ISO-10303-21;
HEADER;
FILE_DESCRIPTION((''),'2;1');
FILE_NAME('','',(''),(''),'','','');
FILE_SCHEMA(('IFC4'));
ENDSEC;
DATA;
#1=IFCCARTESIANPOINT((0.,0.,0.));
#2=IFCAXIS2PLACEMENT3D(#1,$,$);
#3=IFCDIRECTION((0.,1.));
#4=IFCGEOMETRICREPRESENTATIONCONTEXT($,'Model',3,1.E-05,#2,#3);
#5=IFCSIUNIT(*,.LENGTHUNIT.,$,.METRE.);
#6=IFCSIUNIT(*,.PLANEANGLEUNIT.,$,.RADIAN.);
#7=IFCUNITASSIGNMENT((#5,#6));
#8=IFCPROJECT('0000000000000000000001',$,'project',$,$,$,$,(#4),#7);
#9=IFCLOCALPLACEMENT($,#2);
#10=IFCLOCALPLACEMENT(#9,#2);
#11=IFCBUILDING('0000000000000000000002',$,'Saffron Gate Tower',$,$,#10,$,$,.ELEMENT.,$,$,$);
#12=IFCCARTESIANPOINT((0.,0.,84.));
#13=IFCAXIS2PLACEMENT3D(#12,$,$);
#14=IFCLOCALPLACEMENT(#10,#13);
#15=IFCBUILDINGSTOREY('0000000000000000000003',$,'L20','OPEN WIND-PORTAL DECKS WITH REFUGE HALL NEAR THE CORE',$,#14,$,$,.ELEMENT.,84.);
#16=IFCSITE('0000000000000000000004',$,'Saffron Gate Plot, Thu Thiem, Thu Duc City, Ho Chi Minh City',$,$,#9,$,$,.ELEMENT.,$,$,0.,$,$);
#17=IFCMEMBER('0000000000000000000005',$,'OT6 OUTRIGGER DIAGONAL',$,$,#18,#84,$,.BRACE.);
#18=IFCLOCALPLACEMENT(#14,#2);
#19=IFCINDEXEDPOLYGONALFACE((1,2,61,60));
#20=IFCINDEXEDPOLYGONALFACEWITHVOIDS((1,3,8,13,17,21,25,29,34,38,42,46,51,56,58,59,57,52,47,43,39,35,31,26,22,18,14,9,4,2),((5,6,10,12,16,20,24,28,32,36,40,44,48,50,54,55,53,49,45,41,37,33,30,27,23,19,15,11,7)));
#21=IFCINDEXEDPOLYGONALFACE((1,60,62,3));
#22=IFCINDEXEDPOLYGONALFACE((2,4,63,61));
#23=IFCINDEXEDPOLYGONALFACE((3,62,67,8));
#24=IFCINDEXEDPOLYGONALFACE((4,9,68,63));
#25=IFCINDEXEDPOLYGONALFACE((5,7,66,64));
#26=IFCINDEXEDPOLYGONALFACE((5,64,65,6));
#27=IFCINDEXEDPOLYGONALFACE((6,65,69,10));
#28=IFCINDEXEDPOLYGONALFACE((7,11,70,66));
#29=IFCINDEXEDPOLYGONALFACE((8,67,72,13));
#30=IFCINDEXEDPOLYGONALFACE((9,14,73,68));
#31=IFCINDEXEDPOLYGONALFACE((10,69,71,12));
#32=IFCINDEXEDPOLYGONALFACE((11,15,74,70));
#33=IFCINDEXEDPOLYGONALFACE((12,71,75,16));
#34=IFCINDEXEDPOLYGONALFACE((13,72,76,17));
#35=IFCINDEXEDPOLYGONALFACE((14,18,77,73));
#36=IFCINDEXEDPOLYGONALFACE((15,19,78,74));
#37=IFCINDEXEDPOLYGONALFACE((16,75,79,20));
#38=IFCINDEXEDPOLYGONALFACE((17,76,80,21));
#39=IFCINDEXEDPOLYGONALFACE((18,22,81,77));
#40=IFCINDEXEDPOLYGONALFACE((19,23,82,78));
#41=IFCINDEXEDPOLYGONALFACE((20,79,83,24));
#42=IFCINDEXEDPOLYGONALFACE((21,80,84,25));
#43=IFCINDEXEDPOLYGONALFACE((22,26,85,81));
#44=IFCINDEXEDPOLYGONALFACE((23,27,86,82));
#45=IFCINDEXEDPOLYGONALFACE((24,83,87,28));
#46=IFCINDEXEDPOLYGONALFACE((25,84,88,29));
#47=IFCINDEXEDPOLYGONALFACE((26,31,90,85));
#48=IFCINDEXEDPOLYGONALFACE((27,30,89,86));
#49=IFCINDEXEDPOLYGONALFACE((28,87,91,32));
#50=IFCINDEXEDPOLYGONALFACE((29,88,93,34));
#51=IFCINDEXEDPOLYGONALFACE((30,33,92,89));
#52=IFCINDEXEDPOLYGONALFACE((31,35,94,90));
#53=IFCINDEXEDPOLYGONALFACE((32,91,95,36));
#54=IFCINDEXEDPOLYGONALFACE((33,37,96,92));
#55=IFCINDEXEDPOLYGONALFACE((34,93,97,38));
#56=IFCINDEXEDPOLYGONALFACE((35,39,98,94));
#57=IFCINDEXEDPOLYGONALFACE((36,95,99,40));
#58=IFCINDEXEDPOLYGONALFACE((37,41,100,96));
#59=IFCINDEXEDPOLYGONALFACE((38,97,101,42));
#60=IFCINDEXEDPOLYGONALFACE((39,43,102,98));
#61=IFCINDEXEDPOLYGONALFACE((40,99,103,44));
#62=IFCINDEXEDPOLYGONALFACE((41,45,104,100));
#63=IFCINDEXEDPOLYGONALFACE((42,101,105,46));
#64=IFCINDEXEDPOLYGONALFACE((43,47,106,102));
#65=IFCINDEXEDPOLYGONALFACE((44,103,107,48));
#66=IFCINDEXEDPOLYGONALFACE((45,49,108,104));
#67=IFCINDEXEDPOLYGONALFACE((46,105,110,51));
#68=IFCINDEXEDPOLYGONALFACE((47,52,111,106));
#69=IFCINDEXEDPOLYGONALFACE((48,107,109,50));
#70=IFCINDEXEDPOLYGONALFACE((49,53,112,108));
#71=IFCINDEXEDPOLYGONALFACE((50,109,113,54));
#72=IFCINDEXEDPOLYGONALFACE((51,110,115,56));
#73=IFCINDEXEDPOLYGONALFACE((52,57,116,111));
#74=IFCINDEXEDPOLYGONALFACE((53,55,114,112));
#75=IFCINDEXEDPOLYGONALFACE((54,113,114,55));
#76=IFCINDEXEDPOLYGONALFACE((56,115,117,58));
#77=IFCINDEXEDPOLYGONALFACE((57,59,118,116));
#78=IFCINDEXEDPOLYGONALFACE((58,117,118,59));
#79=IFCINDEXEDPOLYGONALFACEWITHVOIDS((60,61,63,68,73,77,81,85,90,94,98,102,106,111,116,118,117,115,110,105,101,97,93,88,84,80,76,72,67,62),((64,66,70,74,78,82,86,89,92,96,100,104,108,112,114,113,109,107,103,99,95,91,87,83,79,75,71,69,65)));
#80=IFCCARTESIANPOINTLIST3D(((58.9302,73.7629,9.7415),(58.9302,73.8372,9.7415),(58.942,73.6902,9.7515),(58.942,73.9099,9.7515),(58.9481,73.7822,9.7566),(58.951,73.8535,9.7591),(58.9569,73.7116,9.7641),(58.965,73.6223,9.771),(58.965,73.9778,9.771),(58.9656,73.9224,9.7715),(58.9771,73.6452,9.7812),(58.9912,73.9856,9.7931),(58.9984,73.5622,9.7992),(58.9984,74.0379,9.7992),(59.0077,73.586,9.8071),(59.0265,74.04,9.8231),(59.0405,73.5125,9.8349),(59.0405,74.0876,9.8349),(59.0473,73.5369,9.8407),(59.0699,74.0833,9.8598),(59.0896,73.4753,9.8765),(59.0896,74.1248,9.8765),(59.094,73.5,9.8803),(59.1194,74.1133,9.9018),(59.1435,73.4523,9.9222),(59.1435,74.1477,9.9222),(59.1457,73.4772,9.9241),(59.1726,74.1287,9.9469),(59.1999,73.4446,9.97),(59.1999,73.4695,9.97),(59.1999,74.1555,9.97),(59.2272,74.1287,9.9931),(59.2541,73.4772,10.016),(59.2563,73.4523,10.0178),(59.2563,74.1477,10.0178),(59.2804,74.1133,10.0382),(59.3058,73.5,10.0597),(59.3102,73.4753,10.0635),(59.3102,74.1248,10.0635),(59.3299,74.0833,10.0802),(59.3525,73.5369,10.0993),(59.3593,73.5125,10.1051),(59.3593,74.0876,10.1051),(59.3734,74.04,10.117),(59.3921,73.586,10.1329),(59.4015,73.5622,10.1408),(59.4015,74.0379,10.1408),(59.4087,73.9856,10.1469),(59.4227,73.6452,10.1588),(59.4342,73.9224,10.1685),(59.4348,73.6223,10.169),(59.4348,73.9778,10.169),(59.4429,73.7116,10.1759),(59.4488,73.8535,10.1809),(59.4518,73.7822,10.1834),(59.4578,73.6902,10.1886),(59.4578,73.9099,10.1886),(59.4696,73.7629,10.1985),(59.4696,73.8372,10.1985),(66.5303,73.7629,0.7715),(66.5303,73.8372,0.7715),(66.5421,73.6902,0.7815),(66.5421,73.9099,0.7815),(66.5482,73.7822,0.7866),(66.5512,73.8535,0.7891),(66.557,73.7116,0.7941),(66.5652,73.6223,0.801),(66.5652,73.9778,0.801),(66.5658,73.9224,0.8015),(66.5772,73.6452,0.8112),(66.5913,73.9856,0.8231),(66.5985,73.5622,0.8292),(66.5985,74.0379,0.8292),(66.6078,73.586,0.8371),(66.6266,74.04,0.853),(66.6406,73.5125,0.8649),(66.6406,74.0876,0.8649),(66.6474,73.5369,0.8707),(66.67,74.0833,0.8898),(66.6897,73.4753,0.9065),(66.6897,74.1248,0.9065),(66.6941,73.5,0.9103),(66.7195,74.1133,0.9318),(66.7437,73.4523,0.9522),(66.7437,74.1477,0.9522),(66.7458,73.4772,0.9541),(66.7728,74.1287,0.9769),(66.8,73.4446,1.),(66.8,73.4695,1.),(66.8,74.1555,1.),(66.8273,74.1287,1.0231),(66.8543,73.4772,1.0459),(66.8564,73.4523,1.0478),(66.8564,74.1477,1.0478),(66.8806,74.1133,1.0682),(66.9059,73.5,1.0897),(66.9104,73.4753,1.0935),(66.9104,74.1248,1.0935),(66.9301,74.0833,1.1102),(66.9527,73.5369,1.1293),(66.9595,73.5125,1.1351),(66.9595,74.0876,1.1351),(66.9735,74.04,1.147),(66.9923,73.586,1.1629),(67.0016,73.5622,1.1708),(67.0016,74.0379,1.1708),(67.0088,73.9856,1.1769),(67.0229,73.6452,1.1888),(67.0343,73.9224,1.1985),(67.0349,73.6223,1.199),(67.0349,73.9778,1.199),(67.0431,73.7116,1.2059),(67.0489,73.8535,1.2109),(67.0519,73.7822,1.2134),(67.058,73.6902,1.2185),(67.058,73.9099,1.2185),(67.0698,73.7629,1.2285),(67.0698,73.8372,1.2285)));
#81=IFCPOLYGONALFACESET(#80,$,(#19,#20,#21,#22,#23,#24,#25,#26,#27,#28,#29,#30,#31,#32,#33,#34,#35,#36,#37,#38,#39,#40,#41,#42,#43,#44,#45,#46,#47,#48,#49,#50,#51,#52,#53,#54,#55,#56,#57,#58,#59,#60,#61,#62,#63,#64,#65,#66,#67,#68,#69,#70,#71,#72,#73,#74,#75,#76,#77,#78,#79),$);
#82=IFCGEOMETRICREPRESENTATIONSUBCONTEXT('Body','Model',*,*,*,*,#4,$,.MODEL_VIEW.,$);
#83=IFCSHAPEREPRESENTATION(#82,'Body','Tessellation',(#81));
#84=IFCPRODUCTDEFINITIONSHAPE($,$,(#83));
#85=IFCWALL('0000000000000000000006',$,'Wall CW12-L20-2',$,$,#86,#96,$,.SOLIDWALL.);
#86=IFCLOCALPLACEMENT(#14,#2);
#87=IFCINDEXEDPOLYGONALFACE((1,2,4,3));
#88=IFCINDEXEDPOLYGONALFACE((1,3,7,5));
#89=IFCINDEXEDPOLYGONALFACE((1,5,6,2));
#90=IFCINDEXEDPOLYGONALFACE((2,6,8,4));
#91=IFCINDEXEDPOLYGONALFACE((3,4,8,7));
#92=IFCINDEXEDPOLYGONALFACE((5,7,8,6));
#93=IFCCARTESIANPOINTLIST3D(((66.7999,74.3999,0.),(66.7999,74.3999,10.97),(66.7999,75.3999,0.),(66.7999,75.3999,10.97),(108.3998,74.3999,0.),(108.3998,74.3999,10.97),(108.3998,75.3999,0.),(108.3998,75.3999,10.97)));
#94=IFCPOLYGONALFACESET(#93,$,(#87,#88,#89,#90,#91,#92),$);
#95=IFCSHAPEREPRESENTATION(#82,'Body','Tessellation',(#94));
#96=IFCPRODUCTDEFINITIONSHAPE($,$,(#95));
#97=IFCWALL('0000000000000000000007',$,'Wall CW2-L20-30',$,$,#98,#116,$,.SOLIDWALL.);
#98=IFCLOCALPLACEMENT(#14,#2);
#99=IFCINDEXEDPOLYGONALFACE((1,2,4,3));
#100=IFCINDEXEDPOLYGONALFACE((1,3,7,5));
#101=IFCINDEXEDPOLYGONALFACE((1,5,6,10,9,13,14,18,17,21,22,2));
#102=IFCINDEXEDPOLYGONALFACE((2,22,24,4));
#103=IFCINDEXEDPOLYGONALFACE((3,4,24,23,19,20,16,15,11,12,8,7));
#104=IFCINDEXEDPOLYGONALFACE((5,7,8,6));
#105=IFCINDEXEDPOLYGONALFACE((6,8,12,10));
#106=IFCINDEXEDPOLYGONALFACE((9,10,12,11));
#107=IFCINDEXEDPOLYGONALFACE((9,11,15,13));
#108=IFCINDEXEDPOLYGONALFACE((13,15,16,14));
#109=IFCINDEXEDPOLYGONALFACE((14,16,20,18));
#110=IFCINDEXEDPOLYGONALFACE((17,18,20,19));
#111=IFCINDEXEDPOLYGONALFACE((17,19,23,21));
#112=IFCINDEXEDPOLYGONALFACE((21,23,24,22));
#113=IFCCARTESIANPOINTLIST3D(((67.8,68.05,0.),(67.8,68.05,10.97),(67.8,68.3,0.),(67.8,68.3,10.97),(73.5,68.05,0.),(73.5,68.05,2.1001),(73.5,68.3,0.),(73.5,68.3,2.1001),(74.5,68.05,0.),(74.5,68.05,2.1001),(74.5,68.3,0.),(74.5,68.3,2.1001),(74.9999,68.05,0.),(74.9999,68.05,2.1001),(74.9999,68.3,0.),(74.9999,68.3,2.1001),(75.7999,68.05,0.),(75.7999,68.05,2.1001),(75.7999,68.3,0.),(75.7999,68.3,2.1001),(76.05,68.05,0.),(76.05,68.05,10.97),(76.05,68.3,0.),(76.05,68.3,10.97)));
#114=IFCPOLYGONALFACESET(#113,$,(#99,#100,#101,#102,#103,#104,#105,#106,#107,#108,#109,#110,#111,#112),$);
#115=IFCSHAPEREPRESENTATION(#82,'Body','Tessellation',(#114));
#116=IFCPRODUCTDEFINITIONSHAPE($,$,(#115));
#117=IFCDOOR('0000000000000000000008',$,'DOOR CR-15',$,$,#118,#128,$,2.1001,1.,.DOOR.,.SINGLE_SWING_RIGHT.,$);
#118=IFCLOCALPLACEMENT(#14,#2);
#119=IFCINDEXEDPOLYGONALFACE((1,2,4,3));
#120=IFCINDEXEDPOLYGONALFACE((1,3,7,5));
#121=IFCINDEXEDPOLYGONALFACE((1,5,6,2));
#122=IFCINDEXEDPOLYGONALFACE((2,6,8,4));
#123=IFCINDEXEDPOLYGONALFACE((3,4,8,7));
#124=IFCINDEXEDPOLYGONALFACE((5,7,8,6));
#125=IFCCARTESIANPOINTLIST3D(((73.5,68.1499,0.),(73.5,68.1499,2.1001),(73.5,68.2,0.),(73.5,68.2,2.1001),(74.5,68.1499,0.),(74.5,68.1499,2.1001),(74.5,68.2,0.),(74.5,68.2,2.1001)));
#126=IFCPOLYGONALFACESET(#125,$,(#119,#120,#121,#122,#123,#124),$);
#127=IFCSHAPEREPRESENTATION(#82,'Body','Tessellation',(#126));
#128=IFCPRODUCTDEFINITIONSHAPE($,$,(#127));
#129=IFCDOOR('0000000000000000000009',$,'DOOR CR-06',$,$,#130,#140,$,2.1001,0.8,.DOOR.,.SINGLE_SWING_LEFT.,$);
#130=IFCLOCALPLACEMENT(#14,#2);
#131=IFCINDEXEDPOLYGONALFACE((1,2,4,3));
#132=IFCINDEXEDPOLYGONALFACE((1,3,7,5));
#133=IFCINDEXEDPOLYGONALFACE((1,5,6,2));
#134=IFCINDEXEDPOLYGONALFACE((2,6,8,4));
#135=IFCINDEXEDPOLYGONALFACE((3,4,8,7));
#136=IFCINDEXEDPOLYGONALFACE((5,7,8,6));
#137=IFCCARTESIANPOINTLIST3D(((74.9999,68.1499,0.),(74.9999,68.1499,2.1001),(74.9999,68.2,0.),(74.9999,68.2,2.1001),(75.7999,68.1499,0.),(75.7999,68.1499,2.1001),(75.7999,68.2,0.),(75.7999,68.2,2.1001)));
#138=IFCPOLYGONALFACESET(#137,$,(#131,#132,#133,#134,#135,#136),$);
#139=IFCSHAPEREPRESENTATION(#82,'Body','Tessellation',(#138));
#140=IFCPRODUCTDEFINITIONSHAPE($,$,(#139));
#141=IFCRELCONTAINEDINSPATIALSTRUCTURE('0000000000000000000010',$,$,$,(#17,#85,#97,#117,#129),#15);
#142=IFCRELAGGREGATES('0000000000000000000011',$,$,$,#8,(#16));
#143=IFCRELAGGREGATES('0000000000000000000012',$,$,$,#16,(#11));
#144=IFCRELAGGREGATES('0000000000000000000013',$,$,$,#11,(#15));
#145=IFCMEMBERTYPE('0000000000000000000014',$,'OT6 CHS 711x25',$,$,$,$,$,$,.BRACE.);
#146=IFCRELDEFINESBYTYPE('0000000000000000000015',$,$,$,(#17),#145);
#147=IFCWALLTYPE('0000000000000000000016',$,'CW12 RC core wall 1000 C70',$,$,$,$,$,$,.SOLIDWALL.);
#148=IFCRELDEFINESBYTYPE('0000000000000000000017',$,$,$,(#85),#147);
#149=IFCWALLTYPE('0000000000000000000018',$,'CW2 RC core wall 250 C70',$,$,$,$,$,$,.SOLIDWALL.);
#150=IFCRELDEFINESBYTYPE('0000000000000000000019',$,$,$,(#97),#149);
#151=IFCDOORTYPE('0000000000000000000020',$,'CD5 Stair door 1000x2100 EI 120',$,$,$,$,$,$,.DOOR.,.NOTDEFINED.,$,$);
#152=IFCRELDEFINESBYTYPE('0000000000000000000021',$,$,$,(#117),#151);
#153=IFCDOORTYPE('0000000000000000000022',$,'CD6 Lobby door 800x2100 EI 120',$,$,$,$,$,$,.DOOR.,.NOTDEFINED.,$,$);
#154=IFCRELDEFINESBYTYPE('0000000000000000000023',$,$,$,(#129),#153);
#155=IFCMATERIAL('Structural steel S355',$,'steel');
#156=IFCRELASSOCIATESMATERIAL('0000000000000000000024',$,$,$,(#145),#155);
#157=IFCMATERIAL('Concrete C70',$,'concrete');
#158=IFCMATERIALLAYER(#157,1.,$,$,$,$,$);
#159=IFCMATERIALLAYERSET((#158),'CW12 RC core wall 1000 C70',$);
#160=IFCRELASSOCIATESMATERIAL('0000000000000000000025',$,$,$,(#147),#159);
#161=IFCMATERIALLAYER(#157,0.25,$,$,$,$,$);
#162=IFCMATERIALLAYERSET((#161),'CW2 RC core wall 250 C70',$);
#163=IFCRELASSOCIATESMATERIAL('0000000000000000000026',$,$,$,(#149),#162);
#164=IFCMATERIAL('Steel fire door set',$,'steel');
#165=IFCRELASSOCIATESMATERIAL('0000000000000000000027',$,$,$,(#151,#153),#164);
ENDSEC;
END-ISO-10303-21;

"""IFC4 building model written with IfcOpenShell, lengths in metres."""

from ifc_helpers import new_model, si_unit, direction, frame, frame_2d, origin, origin_2d, place, context, subcontext, project, spatial, rectangle, hollow_circle, extrude, material, layer, layer_set, material_profile, profile_set, type_object, element, fill, save


model = new_model("IFC4")

# Units and contexts
model_context = context("Model", 3, precision=1e-05, world=origin(), true_north=direction((0.0, 1.0)))
body_context = subcontext(model_context, "Body", "Model", "MODEL_VIEW")
ifc_project = project(units=[si_unit("LENGTHUNIT", "METRE"), si_unit("PLANEANGLEUNIT", "RADIAN")], contexts=[model_context])

# Site, building, storey
site_placement = place(None, origin())
site = spatial("IfcSite", under=ifc_project, at=site_placement, Name="Saffron Gate Plot, Thu Thiem, Thu Duc City, Ho Chi Minh City", CompositionType="ELEMENT", RefElevation=0.0)
building_placement = place(site_placement, origin())
building = spatial("IfcBuilding", under=site, at=building_placement, Name="Saffron Gate Tower", CompositionType="ELEMENT")
storey_placement = place(building_placement, frame((0.0, 0.0, 84.0)))
storey = spatial("IfcBuildingStorey", under=building, at=storey_placement, Name="L20", Description="OPEN WIND-PORTAL DECKS WITH REFUGE HALL NEAR THE CORE", CompositionType="ELEMENT", Elevation=84.0)

# Shared definitions
ifc_material_1 = material(Name="Structural steel S355", Category="steel")

# Member
ifc_material_profile_1 = material_profile(ifc_material_1, hollow_circle(Radius=0.3555, WallThickness=0.0249, at=origin_2d()))
ifc_profile_set_1 = profile_set([ifc_material_profile_1], Name="Structural steel S355")
member_type_1 = type_object("IfcMemberType", Name="OT6 CHS 711x25", PredefinedType="BRACE", material=ifc_profile_set_1)
member_placement = place(storey_placement, frame((66.8, 73.8, 1.0), z_axis=(-0.646444, 0.0, 0.762962), x_axis=(0.0, -1.0, 0.0)))
element("IfcMember", 1, at=member_placement, inside=storey, type_object=member_type_1, Name="OT6 OUTRIGGER DIAGONAL", PredefinedType="BRACE", context=body_context, shape_type="SweptSolid", body=[
    extrude(hollow_circle(Radius=0.3555, WallThickness=0.0249, at=origin_2d()), origin(), (0.0, 0.0, 1.0), 11.7568),
])

# Wall
ifc_material_2 = material(Name="Concrete C70", Category="concrete")
ifc_layer_1 = layer(ifc_material_2, 1.0)
ifc_layer_set_1 = layer_set([ifc_layer_1], Name="CW12 RC core wall 1000 C70")
wall_type_1 = type_object("IfcWallType", Name="CW12 RC core wall 1000 C70", PredefinedType="SOLIDWALL", material=ifc_layer_set_1)
wall_1_placement = place(storey_placement, frame((66.8, 74.8999, 0.0), z_axis=(0.0, 0.0, 1.0), x_axis=(1.0, 0.0, 0.0)))
element("IfcWall", 2, at=wall_1_placement, inside=storey, type_object=wall_type_1, Name="Wall CW12-L20-2", PredefinedType="SOLIDWALL", context=body_context, shape_type="SweptSolid", body=[
    extrude(rectangle(XDim=41.5999, YDim=1.0, at=frame_2d((20.7998, 0.0))), origin(), (0.0, 0.0, 1.0), 10.97),
])

# Wall, openings, doors
ifc_layer_2 = layer(ifc_material_2, 0.25)
ifc_layer_set_2 = layer_set([ifc_layer_2], Name="CW2 RC core wall 250 C70")
wall_type_2 = type_object("IfcWallType", Name="CW2 RC core wall 250 C70", PredefinedType="SOLIDWALL", material=ifc_layer_set_2)
wall_2_placement = place(storey_placement, frame((67.8, 68.175, 0.0), z_axis=(0.0, 0.0, 1.0), x_axis=(1.0, 0.0, 0.0)))
wall_2 = element("IfcWall", 3, at=wall_2_placement, inside=storey, type_object=wall_type_2, Name="Wall CW2-L20-30", PredefinedType="SOLIDWALL", context=body_context, shape_type="SweptSolid", body=[
    extrude(rectangle(XDim=8.25, YDim=0.25, at=frame_2d((4.125, 0.0))), origin(), (0.0, 0.0, 1.0), 10.97),
])
opening_1_placement = place(wall_2_placement, frame((5.7, 0.0, 0.0)))
opening_1 = element("IfcOpeningElement", 4, at=opening_1_placement, cuts=wall_2, PredefinedType="OPENING", context=body_context, shape_type="SweptSolid", body=[
    extrude(rectangle(XDim=1.0, YDim=2.1001, at=frame_2d((0.5, 1.05))), frame((0.0, 0.135, 0.0), z_axis=(0.0, -1.0, 0.0), x_axis=(1.0, 0.0, 0.0)), (0.0, 0.0, 1.0), 0.27),
])
opening_2_placement = place(wall_2_placement, frame((7.2, 0.0, 0.0)))
opening_2 = element("IfcOpeningElement", 5, at=opening_2_placement, cuts=wall_2, PredefinedType="OPENING", context=body_context, shape_type="SweptSolid", body=[
    extrude(rectangle(XDim=0.8, YDim=2.1001, at=frame_2d((0.3999, 1.05))), frame((0.0, 0.135, 0.0), z_axis=(0.0, -1.0, 0.0), x_axis=(1.0, 0.0, 0.0)), (0.0, 0.0, 1.0), 0.27),
])
ifc_material_3 = material(Name="Steel fire door set", Category="steel")
door_type_1 = type_object("IfcDoorType", Name="CD5 Stair door 1000x2100 EI 120", OperationType="NOTDEFINED", PredefinedType="DOOR", material=ifc_material_3)
door_1_placement = place(opening_1_placement, origin())
door_1 = element("IfcDoor", 6, at=door_1_placement, inside=storey, type_object=door_type_1, Name="DOOR CR-15", OperationType="SINGLE_SWING_RIGHT", OverallHeight=2.1001, OverallWidth=1.0, PredefinedType="DOOR", context=body_context, shape_type="SweptSolid", body=[
    extrude(rectangle(XDim=1.0, YDim=2.1001, at=frame_2d((0.5, 1.05))), frame((0.0, 0.0249, 0.0), z_axis=(0.0, -1.0, 0.0), x_axis=(1.0, 0.0, 0.0)), (0.0, 0.0, 1.0), 0.05),
])
fill(opening_1, door_1)
door_type_2 = type_object("IfcDoorType", Name="CD6 Lobby door 800x2100 EI 120", OperationType="NOTDEFINED", PredefinedType="DOOR", material=ifc_material_3)
door_2_placement = place(opening_2_placement, origin())
door_2 = element("IfcDoor", 7, at=door_2_placement, inside=storey, type_object=door_type_2, Name="DOOR CR-06", OperationType="SINGLE_SWING_LEFT", OverallHeight=2.1001, OverallWidth=0.8, PredefinedType="DOOR", context=body_context, shape_type="SweptSolid", body=[
    extrude(rectangle(XDim=0.8, YDim=2.1001, at=frame_2d((0.3999, 1.05))), frame((0.0, 0.0249, 0.0), z_axis=(0.0, -1.0, 0.0), x_axis=(1.0, 0.0, 0.0)), (0.0, 0.0, 1.0), 0.05),
])
fill(opening_2, door_2)

save(model, "model.ifc")
